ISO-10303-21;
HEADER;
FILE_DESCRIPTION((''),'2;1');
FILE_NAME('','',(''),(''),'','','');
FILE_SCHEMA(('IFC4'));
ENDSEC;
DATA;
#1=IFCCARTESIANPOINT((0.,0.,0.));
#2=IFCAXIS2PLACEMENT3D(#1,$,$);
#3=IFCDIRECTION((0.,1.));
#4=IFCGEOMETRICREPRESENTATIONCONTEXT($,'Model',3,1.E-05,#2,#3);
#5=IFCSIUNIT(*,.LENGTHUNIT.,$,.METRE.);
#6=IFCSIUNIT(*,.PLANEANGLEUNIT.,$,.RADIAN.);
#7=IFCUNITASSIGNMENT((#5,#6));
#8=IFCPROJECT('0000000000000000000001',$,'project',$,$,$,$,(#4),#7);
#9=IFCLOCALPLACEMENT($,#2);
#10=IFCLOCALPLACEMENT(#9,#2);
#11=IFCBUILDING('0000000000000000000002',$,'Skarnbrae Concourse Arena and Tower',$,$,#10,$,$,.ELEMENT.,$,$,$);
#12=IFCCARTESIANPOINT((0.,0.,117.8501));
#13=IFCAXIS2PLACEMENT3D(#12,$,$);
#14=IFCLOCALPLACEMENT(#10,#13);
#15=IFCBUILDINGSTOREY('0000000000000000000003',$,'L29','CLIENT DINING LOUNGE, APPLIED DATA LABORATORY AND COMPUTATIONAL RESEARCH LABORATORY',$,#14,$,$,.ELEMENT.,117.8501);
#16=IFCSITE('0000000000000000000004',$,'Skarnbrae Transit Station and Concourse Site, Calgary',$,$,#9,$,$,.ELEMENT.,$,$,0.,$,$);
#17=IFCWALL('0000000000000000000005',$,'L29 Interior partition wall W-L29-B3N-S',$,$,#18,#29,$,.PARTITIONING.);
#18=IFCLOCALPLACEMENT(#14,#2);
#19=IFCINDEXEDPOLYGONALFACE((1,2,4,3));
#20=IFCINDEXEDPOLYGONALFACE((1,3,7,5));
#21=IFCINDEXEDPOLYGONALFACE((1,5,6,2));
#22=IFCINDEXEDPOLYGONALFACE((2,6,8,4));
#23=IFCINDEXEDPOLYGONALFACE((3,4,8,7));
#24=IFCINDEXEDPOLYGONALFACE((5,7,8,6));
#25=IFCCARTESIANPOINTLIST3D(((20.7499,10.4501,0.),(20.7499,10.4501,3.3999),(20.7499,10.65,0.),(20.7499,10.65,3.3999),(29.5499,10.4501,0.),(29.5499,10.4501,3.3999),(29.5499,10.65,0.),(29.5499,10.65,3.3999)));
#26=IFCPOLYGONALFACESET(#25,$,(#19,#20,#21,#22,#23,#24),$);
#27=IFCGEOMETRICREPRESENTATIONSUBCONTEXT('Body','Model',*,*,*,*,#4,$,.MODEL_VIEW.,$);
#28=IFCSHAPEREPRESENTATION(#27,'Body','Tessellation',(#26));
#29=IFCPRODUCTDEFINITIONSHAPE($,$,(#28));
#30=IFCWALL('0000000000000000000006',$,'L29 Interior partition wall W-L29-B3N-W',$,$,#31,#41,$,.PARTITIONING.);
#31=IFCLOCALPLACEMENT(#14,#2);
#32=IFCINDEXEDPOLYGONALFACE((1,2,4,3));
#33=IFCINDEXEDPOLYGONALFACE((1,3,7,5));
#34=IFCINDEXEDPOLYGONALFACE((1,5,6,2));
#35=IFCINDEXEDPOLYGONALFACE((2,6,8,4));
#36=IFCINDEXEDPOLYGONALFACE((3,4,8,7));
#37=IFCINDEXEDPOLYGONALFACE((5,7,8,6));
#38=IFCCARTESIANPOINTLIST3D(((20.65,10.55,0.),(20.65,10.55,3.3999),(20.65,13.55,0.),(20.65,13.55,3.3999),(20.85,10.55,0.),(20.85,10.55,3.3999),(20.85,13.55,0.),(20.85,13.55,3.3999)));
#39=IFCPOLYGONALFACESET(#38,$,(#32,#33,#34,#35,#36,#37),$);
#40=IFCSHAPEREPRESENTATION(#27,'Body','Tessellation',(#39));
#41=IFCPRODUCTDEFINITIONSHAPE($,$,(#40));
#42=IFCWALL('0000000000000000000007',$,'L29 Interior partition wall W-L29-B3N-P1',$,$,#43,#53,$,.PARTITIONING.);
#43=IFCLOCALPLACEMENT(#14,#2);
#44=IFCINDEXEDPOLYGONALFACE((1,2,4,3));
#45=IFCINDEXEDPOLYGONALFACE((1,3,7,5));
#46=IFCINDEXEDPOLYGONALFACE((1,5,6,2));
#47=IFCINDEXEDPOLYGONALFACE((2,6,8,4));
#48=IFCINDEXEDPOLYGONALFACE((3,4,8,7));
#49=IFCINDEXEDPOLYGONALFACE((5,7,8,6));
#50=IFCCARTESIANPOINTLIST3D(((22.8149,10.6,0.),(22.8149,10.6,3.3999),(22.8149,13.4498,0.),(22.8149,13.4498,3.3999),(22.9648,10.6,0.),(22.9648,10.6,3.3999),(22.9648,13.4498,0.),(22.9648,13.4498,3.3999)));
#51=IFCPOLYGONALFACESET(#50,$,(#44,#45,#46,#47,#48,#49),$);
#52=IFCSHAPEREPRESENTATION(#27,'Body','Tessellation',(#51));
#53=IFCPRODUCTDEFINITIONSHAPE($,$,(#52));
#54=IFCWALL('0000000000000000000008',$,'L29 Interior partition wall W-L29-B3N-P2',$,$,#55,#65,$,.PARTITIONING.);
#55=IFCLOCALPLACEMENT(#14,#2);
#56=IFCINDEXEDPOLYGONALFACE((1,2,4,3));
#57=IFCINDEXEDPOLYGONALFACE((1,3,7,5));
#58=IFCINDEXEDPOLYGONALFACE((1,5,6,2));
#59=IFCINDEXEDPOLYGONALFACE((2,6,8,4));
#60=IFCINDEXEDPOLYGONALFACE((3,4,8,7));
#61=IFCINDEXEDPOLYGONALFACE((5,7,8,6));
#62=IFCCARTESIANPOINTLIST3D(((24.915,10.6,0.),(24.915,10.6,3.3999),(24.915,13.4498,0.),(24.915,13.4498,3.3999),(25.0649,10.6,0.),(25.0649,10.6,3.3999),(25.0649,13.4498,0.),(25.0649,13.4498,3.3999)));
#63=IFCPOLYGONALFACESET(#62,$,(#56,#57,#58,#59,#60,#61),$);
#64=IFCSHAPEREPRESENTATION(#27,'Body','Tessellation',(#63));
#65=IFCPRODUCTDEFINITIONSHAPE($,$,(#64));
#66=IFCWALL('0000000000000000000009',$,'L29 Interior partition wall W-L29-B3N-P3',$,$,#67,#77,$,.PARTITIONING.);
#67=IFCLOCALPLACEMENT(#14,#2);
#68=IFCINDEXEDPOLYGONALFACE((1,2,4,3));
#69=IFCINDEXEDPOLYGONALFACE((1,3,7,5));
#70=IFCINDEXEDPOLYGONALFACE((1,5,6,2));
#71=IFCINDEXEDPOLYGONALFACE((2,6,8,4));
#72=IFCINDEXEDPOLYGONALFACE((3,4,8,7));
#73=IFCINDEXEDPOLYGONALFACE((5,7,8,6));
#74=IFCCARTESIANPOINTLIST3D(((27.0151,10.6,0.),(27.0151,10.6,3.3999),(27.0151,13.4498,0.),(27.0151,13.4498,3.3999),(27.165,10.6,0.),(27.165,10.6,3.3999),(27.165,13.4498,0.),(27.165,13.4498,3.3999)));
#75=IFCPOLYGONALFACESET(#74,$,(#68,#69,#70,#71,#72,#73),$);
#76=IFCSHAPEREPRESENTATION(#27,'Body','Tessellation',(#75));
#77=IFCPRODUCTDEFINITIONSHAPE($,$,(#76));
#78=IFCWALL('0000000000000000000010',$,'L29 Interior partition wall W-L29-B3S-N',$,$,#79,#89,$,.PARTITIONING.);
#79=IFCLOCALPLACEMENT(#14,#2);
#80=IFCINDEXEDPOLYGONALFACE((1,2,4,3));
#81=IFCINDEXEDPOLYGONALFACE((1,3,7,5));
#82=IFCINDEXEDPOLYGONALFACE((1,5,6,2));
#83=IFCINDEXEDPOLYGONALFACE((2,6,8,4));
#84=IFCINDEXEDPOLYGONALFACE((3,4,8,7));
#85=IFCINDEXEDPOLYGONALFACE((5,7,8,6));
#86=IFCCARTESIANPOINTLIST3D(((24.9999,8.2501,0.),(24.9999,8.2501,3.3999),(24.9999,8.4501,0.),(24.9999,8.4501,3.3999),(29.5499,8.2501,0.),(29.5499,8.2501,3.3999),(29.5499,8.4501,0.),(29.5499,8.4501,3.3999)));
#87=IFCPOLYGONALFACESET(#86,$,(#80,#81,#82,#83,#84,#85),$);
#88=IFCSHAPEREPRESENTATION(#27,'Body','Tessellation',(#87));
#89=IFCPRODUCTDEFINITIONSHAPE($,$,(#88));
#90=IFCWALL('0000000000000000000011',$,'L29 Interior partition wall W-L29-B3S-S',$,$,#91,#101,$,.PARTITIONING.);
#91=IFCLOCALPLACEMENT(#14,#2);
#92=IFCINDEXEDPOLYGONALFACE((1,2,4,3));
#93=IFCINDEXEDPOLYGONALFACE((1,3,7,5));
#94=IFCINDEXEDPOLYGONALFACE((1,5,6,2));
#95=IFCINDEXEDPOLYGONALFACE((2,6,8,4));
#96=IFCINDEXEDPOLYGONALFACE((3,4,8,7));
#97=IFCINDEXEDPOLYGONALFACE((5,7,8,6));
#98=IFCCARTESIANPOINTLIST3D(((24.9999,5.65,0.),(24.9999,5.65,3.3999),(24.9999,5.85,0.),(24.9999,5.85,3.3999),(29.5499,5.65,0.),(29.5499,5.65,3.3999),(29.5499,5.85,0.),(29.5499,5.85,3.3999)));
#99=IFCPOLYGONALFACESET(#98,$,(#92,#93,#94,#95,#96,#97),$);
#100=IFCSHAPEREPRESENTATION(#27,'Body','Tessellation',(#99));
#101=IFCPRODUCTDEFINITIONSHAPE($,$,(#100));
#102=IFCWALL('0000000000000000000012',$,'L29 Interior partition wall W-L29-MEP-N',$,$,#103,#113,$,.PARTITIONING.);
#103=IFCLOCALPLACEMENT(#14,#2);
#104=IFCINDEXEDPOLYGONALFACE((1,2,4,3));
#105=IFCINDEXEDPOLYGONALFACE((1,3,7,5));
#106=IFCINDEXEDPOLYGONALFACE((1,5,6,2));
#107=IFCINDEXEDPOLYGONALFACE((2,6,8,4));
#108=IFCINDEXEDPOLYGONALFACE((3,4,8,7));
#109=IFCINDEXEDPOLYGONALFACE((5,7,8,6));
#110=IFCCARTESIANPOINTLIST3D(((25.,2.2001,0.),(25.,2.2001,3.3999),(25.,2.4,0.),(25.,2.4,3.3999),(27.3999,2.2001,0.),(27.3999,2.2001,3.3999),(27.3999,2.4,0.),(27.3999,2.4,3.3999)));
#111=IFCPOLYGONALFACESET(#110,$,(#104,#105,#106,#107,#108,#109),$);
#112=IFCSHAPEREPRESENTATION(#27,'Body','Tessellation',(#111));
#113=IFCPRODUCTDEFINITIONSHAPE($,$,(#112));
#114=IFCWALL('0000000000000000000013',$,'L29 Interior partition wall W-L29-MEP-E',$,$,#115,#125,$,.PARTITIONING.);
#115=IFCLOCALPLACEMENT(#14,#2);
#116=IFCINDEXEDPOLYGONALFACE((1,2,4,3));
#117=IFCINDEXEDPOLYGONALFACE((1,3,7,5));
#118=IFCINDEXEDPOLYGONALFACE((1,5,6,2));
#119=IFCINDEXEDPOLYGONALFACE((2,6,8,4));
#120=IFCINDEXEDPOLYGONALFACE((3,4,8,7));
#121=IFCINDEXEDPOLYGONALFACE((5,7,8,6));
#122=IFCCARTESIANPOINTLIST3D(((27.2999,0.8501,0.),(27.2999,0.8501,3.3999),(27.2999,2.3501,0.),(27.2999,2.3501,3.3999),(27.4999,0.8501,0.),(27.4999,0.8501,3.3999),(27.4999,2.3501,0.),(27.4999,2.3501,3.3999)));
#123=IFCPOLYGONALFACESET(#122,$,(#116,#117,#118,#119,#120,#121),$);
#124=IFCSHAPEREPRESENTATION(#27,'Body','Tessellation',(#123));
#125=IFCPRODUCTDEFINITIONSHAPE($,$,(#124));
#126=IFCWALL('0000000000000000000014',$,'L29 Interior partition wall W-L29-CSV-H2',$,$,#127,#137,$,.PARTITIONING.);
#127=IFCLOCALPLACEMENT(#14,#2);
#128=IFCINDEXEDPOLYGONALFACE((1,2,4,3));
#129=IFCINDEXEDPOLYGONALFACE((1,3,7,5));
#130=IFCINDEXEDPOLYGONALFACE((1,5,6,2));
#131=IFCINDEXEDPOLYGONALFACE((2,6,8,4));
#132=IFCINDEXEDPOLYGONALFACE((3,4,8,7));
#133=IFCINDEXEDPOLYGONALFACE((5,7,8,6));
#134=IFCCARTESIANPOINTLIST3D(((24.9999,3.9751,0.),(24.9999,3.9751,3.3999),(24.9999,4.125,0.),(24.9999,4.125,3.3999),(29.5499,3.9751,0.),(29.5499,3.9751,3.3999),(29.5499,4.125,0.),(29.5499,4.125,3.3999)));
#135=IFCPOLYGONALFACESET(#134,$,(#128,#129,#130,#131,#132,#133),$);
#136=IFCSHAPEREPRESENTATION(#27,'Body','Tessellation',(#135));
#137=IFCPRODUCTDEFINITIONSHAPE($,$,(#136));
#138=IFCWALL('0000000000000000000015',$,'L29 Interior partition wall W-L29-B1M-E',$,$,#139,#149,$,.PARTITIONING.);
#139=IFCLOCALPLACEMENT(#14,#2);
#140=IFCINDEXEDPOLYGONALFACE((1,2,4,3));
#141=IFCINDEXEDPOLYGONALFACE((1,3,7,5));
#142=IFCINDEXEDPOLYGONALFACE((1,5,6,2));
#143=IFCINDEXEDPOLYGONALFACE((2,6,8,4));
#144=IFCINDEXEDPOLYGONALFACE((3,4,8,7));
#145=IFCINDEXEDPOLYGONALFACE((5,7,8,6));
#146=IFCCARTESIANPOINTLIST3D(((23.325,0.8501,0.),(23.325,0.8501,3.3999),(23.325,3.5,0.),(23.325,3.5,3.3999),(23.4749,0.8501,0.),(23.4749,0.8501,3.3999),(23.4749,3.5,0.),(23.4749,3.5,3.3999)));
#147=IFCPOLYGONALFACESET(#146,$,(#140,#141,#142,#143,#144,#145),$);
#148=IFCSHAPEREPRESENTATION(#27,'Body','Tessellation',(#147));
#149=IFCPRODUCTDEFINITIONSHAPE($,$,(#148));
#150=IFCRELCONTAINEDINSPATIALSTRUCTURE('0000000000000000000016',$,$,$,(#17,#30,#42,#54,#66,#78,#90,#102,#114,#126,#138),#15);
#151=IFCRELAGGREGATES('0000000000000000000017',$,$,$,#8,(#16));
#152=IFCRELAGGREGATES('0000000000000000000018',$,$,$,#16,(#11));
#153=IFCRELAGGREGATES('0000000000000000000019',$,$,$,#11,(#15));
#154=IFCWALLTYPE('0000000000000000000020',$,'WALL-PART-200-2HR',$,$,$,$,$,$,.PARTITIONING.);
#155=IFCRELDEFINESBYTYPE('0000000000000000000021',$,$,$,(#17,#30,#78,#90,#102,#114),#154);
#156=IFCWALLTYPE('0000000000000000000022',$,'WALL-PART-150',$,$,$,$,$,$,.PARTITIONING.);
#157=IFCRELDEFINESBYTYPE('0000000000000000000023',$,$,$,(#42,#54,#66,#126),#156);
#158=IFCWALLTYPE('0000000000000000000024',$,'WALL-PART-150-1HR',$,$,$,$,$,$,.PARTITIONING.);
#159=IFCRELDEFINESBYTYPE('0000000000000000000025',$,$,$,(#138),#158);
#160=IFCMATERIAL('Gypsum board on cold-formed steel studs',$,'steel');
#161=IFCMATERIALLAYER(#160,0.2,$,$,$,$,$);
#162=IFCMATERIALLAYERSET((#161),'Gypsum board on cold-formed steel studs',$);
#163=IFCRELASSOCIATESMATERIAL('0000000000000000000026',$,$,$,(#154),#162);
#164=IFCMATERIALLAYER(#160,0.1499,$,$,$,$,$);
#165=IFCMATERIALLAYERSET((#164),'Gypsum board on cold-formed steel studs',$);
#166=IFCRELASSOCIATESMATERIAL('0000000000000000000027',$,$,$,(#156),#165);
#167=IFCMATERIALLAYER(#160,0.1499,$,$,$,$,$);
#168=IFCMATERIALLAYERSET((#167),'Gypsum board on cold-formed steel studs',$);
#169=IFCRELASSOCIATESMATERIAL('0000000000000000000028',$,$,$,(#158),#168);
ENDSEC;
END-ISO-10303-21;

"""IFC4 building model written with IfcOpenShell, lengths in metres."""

from ifc_helpers import new_model, si_unit, direction, frame, frame_2d, origin, place, context, subcontext, project, spatial, rectangle, extrude, source, transform, mapped, material, layer, layer_set, type_object, element, save


model = new_model("IFC4")

# Units and contexts
model_context = context("Model", 3, precision=1e-05, world=origin(), true_north=direction((0.0, 1.0)))
body_context = subcontext(model_context, "Body", "Model", "MODEL_VIEW")
ifc_project = project(units=[si_unit("LENGTHUNIT", "METRE"), si_unit("PLANEANGLEUNIT", "RADIAN")], contexts=[model_context])

# Site, building, storey
site_placement = place(None, origin())
site = spatial("IfcSite", under=ifc_project, at=site_placement, Name="Skarnbrae Transit Station and Concourse Site, Calgary", CompositionType="ELEMENT", RefElevation=0.0)
building_placement = place(site_placement, origin())
building = spatial("IfcBuilding", under=site, at=building_placement, Name="Skarnbrae Concourse Arena and Tower", CompositionType="ELEMENT")
storey_placement = place(building_placement, frame((0.0, 0.0, 117.8501)))
storey = spatial("IfcBuildingStorey", under=building, at=storey_placement, Name="L29", Description="CLIENT DINING LOUNGE, APPLIED DATA LABORATORY AND COMPUTATIONAL RESEARCH LABORATORY", CompositionType="ELEMENT", Elevation=117.8501)

# Walls
ifc_material_1 = material(Name="Gypsum board on cold-formed steel studs", Category="steel")
ifc_layer_1 = layer(ifc_material_1, 0.2)
ifc_layer_set_1 = layer_set([ifc_layer_1], Name="Gypsum board on cold-formed steel studs")
wall_type_1 = type_object("IfcWallType", Name="WALL-PART-200-2HR", PredefinedType="PARTITIONING", material=ifc_layer_set_1)
ifc_layer_2 = layer(ifc_material_1, 0.1499)
ifc_layer_set_2 = layer_set([ifc_layer_2], Name="Gypsum board on cold-formed steel studs")
wall_type_2 = type_object("IfcWallType", Name="WALL-PART-150", PredefinedType="PARTITIONING", material=ifc_layer_set_2)
shared_shape_1 = source(origin(), body_context, "Body", "SweptSolid", [
    extrude(rectangle(XDim=8.8, YDim=0.2, at=frame_2d((4.3999, 0.0))), origin(), (0.0, 0.0, 1.0), 3.3999),
])
wall_1_placement = place(storey_placement, frame((20.75, 10.55, 0.0), z_axis=(0.0, 0.0, 1.0), x_axis=(1.0, 0.0, 0.0)))
element("IfcWall", 1, at=wall_1_placement, inside=storey, type_object=wall_type_1, Name="L29 Interior partition wall W-L29-B3N-S", PredefinedType="PARTITIONING", context=body_context, shape_type="MappedRepresentation", body=[
    mapped(shared_shape_1, transform((0.0, 0.0, 0.0))),
])
shared_shape_2 = source(origin(), body_context, "Body", "SweptSolid", [
    extrude(rectangle(XDim=3.0, YDim=0.2, at=frame_2d((1.5, 0.0))), origin(), (0.0, 0.0, 1.0), 3.3999),
])
wall_2_placement = place(storey_placement, frame((20.75, 10.55, 0.0), z_axis=(0.0, 0.0, 1.0), x_axis=(0.0, 1.0, 0.0)))
element("IfcWall", 2, at=wall_2_placement, inside=storey, type_object=wall_type_1, Name="L29 Interior partition wall W-L29-B3N-W", PredefinedType="PARTITIONING", context=body_context, shape_type="MappedRepresentation", body=[
    mapped(shared_shape_2, transform((0.0, 0.0, 0.0))),
])
shared_shape_3 = source(origin(), body_context, "Body", "SweptSolid", [
    extrude(rectangle(XDim=2.8499, YDim=0.1499, at=frame_2d((1.4248, 0.0))), origin(), (0.0, 0.0, 1.0), 3.3999),
])
for number, where, z_axis, x_axis, name in (
    (3, (22.8899, 10.6001, 0.0), (0.0, 0.0, 1.0), (0.0, 1.0, 0.0), "L29 Interior partition wall W-L29-B3N-P1"),
    (4, (24.99, 10.6001, 0.0), (0.0, 0.0, 1.0), (0.0, 1.0, 0.0), "L29 Interior partition wall W-L29-B3N-P2"),
    (5, (27.0901, 10.6001, 0.0), (0.0, 0.0, 1.0), (0.0, 1.0, 0.0), "L29 Interior partition wall W-L29-B3N-P3"),
):
    element("IfcWall", number, at=place(storey_placement, frame(where, z_axis=z_axis, x_axis=x_axis)), inside=storey, type_object=wall_type_2, Name=name, PredefinedType="PARTITIONING", context=body_context, shape_type="MappedRepresentation", body=[
        mapped(shared_shape_3, transform((0.0, 0.0, 0.0))),
    ])
shared_shape_4 = source(origin(), body_context, "Body", "SweptSolid", [
    extrude(rectangle(XDim=4.55, YDim=0.2, at=frame_2d((2.2749, 0.0))), origin(), (0.0, 0.0, 1.0), 3.3999),
])
for number, where, z_axis, x_axis, name in (
    (6, (25.0, 8.3501, 0.0), (0.0, 0.0, 1.0), (1.0, 0.0, 0.0), "L29 Interior partition wall W-L29-B3S-N"),
    (7, (25.0, 5.75, 0.0), (0.0, 0.0, 1.0), (1.0, 0.0, 0.0), "L29 Interior partition wall W-L29-B3S-S"),
):
    element("IfcWall", number, at=place(storey_placement, frame(where, z_axis=z_axis, x_axis=x_axis)), inside=storey, type_object=wall_type_1, Name=name, PredefinedType="PARTITIONING", context=body_context, shape_type="MappedRepresentation", body=[
        mapped(shared_shape_4, transform((0.0, 0.0, 0.0))),
    ])

# Shared definitions
ifc_layer_3 = layer(ifc_material_1, 0.1499)
ifc_layer_set_3 = layer_set([ifc_layer_3], Name="Gypsum board on cold-formed steel studs")
wall_type_3 = type_object("IfcWallType", Name="WALL-PART-150-1HR", PredefinedType="PARTITIONING", material=ifc_layer_set_3)

# Walls
shared_shape_5 = source(origin(), body_context, "Body", "SweptSolid", [
    extrude(rectangle(XDim=2.3999, YDim=0.2, at=frame_2d((1.2, 0.0))), origin(), (0.0, 0.0, 1.0), 3.3999),
])
wall_3_placement = place(storey_placement, frame((25.0, 2.3, 0.0), z_axis=(0.0, 0.0, 1.0), x_axis=(1.0, 0.0, 0.0)))
element("IfcWall", 8, at=wall_3_placement, inside=storey, type_object=wall_type_1, Name="L29 Interior partition wall W-L29-MEP-N", PredefinedType="PARTITIONING", context=body_context, shape_type="MappedRepresentation", body=[
    mapped(shared_shape_5, transform((0.0, 0.0, 0.0))),
])
shared_shape_6 = source(origin(), body_context, "Body", "SweptSolid", [
    extrude(rectangle(XDim=1.5, YDim=0.2, at=frame_2d((0.75, 0.0))), origin(), (0.0, 0.0, 1.0), 3.3999),
])
wall_4_placement = place(storey_placement, frame((27.3999, 0.8501, 0.0), z_axis=(0.0, 0.0, 1.0), x_axis=(0.0, 1.0, 0.0)))
element("IfcWall", 9, at=wall_4_placement, inside=storey, type_object=wall_type_1, Name="L29 Interior partition wall W-L29-MEP-E", PredefinedType="PARTITIONING", context=body_context, shape_type="MappedRepresentation", body=[
    mapped(shared_shape_6, transform((0.0, 0.0, 0.0))),
])
shared_shape_7 = source(origin(), body_context, "Body", "SweptSolid", [
    extrude(rectangle(XDim=4.55, YDim=0.1499, at=frame_2d((2.2749, 0.0))), origin(), (0.0, 0.0, 1.0), 3.3999),
])
wall_5_placement = place(storey_placement, frame((25.0, 4.05, 0.0), z_axis=(0.0, 0.0, 1.0), x_axis=(1.0, 0.0, 0.0)))
element("IfcWall", 10, at=wall_5_placement, inside=storey, type_object=wall_type_2, Name="L29 Interior partition wall W-L29-CSV-H2", PredefinedType="PARTITIONING", context=body_context, shape_type="MappedRepresentation", body=[
    mapped(shared_shape_7, transform((0.0, 0.0, 0.0))),
])
shared_shape_8 = source(origin(), body_context, "Body", "SweptSolid", [
    extrude(rectangle(XDim=2.6499, YDim=0.1499, at=frame_2d((1.325, 0.0))), origin(), (0.0, 0.0, 1.0), 3.3999),
])
wall_6_placement = place(storey_placement, frame((23.3999, 0.8501, 0.0), z_axis=(0.0, 0.0, 1.0), x_axis=(0.0, 1.0, 0.0)))
element("IfcWall", 11, at=wall_6_placement, inside=storey, type_object=wall_type_3, Name="L29 Interior partition wall W-L29-B1M-E", PredefinedType="PARTITIONING", context=body_context, shape_type="MappedRepresentation", body=[
    mapped(shared_shape_8, transform((0.0, 0.0, 0.0))),
])

save(model, "model.ifc")
